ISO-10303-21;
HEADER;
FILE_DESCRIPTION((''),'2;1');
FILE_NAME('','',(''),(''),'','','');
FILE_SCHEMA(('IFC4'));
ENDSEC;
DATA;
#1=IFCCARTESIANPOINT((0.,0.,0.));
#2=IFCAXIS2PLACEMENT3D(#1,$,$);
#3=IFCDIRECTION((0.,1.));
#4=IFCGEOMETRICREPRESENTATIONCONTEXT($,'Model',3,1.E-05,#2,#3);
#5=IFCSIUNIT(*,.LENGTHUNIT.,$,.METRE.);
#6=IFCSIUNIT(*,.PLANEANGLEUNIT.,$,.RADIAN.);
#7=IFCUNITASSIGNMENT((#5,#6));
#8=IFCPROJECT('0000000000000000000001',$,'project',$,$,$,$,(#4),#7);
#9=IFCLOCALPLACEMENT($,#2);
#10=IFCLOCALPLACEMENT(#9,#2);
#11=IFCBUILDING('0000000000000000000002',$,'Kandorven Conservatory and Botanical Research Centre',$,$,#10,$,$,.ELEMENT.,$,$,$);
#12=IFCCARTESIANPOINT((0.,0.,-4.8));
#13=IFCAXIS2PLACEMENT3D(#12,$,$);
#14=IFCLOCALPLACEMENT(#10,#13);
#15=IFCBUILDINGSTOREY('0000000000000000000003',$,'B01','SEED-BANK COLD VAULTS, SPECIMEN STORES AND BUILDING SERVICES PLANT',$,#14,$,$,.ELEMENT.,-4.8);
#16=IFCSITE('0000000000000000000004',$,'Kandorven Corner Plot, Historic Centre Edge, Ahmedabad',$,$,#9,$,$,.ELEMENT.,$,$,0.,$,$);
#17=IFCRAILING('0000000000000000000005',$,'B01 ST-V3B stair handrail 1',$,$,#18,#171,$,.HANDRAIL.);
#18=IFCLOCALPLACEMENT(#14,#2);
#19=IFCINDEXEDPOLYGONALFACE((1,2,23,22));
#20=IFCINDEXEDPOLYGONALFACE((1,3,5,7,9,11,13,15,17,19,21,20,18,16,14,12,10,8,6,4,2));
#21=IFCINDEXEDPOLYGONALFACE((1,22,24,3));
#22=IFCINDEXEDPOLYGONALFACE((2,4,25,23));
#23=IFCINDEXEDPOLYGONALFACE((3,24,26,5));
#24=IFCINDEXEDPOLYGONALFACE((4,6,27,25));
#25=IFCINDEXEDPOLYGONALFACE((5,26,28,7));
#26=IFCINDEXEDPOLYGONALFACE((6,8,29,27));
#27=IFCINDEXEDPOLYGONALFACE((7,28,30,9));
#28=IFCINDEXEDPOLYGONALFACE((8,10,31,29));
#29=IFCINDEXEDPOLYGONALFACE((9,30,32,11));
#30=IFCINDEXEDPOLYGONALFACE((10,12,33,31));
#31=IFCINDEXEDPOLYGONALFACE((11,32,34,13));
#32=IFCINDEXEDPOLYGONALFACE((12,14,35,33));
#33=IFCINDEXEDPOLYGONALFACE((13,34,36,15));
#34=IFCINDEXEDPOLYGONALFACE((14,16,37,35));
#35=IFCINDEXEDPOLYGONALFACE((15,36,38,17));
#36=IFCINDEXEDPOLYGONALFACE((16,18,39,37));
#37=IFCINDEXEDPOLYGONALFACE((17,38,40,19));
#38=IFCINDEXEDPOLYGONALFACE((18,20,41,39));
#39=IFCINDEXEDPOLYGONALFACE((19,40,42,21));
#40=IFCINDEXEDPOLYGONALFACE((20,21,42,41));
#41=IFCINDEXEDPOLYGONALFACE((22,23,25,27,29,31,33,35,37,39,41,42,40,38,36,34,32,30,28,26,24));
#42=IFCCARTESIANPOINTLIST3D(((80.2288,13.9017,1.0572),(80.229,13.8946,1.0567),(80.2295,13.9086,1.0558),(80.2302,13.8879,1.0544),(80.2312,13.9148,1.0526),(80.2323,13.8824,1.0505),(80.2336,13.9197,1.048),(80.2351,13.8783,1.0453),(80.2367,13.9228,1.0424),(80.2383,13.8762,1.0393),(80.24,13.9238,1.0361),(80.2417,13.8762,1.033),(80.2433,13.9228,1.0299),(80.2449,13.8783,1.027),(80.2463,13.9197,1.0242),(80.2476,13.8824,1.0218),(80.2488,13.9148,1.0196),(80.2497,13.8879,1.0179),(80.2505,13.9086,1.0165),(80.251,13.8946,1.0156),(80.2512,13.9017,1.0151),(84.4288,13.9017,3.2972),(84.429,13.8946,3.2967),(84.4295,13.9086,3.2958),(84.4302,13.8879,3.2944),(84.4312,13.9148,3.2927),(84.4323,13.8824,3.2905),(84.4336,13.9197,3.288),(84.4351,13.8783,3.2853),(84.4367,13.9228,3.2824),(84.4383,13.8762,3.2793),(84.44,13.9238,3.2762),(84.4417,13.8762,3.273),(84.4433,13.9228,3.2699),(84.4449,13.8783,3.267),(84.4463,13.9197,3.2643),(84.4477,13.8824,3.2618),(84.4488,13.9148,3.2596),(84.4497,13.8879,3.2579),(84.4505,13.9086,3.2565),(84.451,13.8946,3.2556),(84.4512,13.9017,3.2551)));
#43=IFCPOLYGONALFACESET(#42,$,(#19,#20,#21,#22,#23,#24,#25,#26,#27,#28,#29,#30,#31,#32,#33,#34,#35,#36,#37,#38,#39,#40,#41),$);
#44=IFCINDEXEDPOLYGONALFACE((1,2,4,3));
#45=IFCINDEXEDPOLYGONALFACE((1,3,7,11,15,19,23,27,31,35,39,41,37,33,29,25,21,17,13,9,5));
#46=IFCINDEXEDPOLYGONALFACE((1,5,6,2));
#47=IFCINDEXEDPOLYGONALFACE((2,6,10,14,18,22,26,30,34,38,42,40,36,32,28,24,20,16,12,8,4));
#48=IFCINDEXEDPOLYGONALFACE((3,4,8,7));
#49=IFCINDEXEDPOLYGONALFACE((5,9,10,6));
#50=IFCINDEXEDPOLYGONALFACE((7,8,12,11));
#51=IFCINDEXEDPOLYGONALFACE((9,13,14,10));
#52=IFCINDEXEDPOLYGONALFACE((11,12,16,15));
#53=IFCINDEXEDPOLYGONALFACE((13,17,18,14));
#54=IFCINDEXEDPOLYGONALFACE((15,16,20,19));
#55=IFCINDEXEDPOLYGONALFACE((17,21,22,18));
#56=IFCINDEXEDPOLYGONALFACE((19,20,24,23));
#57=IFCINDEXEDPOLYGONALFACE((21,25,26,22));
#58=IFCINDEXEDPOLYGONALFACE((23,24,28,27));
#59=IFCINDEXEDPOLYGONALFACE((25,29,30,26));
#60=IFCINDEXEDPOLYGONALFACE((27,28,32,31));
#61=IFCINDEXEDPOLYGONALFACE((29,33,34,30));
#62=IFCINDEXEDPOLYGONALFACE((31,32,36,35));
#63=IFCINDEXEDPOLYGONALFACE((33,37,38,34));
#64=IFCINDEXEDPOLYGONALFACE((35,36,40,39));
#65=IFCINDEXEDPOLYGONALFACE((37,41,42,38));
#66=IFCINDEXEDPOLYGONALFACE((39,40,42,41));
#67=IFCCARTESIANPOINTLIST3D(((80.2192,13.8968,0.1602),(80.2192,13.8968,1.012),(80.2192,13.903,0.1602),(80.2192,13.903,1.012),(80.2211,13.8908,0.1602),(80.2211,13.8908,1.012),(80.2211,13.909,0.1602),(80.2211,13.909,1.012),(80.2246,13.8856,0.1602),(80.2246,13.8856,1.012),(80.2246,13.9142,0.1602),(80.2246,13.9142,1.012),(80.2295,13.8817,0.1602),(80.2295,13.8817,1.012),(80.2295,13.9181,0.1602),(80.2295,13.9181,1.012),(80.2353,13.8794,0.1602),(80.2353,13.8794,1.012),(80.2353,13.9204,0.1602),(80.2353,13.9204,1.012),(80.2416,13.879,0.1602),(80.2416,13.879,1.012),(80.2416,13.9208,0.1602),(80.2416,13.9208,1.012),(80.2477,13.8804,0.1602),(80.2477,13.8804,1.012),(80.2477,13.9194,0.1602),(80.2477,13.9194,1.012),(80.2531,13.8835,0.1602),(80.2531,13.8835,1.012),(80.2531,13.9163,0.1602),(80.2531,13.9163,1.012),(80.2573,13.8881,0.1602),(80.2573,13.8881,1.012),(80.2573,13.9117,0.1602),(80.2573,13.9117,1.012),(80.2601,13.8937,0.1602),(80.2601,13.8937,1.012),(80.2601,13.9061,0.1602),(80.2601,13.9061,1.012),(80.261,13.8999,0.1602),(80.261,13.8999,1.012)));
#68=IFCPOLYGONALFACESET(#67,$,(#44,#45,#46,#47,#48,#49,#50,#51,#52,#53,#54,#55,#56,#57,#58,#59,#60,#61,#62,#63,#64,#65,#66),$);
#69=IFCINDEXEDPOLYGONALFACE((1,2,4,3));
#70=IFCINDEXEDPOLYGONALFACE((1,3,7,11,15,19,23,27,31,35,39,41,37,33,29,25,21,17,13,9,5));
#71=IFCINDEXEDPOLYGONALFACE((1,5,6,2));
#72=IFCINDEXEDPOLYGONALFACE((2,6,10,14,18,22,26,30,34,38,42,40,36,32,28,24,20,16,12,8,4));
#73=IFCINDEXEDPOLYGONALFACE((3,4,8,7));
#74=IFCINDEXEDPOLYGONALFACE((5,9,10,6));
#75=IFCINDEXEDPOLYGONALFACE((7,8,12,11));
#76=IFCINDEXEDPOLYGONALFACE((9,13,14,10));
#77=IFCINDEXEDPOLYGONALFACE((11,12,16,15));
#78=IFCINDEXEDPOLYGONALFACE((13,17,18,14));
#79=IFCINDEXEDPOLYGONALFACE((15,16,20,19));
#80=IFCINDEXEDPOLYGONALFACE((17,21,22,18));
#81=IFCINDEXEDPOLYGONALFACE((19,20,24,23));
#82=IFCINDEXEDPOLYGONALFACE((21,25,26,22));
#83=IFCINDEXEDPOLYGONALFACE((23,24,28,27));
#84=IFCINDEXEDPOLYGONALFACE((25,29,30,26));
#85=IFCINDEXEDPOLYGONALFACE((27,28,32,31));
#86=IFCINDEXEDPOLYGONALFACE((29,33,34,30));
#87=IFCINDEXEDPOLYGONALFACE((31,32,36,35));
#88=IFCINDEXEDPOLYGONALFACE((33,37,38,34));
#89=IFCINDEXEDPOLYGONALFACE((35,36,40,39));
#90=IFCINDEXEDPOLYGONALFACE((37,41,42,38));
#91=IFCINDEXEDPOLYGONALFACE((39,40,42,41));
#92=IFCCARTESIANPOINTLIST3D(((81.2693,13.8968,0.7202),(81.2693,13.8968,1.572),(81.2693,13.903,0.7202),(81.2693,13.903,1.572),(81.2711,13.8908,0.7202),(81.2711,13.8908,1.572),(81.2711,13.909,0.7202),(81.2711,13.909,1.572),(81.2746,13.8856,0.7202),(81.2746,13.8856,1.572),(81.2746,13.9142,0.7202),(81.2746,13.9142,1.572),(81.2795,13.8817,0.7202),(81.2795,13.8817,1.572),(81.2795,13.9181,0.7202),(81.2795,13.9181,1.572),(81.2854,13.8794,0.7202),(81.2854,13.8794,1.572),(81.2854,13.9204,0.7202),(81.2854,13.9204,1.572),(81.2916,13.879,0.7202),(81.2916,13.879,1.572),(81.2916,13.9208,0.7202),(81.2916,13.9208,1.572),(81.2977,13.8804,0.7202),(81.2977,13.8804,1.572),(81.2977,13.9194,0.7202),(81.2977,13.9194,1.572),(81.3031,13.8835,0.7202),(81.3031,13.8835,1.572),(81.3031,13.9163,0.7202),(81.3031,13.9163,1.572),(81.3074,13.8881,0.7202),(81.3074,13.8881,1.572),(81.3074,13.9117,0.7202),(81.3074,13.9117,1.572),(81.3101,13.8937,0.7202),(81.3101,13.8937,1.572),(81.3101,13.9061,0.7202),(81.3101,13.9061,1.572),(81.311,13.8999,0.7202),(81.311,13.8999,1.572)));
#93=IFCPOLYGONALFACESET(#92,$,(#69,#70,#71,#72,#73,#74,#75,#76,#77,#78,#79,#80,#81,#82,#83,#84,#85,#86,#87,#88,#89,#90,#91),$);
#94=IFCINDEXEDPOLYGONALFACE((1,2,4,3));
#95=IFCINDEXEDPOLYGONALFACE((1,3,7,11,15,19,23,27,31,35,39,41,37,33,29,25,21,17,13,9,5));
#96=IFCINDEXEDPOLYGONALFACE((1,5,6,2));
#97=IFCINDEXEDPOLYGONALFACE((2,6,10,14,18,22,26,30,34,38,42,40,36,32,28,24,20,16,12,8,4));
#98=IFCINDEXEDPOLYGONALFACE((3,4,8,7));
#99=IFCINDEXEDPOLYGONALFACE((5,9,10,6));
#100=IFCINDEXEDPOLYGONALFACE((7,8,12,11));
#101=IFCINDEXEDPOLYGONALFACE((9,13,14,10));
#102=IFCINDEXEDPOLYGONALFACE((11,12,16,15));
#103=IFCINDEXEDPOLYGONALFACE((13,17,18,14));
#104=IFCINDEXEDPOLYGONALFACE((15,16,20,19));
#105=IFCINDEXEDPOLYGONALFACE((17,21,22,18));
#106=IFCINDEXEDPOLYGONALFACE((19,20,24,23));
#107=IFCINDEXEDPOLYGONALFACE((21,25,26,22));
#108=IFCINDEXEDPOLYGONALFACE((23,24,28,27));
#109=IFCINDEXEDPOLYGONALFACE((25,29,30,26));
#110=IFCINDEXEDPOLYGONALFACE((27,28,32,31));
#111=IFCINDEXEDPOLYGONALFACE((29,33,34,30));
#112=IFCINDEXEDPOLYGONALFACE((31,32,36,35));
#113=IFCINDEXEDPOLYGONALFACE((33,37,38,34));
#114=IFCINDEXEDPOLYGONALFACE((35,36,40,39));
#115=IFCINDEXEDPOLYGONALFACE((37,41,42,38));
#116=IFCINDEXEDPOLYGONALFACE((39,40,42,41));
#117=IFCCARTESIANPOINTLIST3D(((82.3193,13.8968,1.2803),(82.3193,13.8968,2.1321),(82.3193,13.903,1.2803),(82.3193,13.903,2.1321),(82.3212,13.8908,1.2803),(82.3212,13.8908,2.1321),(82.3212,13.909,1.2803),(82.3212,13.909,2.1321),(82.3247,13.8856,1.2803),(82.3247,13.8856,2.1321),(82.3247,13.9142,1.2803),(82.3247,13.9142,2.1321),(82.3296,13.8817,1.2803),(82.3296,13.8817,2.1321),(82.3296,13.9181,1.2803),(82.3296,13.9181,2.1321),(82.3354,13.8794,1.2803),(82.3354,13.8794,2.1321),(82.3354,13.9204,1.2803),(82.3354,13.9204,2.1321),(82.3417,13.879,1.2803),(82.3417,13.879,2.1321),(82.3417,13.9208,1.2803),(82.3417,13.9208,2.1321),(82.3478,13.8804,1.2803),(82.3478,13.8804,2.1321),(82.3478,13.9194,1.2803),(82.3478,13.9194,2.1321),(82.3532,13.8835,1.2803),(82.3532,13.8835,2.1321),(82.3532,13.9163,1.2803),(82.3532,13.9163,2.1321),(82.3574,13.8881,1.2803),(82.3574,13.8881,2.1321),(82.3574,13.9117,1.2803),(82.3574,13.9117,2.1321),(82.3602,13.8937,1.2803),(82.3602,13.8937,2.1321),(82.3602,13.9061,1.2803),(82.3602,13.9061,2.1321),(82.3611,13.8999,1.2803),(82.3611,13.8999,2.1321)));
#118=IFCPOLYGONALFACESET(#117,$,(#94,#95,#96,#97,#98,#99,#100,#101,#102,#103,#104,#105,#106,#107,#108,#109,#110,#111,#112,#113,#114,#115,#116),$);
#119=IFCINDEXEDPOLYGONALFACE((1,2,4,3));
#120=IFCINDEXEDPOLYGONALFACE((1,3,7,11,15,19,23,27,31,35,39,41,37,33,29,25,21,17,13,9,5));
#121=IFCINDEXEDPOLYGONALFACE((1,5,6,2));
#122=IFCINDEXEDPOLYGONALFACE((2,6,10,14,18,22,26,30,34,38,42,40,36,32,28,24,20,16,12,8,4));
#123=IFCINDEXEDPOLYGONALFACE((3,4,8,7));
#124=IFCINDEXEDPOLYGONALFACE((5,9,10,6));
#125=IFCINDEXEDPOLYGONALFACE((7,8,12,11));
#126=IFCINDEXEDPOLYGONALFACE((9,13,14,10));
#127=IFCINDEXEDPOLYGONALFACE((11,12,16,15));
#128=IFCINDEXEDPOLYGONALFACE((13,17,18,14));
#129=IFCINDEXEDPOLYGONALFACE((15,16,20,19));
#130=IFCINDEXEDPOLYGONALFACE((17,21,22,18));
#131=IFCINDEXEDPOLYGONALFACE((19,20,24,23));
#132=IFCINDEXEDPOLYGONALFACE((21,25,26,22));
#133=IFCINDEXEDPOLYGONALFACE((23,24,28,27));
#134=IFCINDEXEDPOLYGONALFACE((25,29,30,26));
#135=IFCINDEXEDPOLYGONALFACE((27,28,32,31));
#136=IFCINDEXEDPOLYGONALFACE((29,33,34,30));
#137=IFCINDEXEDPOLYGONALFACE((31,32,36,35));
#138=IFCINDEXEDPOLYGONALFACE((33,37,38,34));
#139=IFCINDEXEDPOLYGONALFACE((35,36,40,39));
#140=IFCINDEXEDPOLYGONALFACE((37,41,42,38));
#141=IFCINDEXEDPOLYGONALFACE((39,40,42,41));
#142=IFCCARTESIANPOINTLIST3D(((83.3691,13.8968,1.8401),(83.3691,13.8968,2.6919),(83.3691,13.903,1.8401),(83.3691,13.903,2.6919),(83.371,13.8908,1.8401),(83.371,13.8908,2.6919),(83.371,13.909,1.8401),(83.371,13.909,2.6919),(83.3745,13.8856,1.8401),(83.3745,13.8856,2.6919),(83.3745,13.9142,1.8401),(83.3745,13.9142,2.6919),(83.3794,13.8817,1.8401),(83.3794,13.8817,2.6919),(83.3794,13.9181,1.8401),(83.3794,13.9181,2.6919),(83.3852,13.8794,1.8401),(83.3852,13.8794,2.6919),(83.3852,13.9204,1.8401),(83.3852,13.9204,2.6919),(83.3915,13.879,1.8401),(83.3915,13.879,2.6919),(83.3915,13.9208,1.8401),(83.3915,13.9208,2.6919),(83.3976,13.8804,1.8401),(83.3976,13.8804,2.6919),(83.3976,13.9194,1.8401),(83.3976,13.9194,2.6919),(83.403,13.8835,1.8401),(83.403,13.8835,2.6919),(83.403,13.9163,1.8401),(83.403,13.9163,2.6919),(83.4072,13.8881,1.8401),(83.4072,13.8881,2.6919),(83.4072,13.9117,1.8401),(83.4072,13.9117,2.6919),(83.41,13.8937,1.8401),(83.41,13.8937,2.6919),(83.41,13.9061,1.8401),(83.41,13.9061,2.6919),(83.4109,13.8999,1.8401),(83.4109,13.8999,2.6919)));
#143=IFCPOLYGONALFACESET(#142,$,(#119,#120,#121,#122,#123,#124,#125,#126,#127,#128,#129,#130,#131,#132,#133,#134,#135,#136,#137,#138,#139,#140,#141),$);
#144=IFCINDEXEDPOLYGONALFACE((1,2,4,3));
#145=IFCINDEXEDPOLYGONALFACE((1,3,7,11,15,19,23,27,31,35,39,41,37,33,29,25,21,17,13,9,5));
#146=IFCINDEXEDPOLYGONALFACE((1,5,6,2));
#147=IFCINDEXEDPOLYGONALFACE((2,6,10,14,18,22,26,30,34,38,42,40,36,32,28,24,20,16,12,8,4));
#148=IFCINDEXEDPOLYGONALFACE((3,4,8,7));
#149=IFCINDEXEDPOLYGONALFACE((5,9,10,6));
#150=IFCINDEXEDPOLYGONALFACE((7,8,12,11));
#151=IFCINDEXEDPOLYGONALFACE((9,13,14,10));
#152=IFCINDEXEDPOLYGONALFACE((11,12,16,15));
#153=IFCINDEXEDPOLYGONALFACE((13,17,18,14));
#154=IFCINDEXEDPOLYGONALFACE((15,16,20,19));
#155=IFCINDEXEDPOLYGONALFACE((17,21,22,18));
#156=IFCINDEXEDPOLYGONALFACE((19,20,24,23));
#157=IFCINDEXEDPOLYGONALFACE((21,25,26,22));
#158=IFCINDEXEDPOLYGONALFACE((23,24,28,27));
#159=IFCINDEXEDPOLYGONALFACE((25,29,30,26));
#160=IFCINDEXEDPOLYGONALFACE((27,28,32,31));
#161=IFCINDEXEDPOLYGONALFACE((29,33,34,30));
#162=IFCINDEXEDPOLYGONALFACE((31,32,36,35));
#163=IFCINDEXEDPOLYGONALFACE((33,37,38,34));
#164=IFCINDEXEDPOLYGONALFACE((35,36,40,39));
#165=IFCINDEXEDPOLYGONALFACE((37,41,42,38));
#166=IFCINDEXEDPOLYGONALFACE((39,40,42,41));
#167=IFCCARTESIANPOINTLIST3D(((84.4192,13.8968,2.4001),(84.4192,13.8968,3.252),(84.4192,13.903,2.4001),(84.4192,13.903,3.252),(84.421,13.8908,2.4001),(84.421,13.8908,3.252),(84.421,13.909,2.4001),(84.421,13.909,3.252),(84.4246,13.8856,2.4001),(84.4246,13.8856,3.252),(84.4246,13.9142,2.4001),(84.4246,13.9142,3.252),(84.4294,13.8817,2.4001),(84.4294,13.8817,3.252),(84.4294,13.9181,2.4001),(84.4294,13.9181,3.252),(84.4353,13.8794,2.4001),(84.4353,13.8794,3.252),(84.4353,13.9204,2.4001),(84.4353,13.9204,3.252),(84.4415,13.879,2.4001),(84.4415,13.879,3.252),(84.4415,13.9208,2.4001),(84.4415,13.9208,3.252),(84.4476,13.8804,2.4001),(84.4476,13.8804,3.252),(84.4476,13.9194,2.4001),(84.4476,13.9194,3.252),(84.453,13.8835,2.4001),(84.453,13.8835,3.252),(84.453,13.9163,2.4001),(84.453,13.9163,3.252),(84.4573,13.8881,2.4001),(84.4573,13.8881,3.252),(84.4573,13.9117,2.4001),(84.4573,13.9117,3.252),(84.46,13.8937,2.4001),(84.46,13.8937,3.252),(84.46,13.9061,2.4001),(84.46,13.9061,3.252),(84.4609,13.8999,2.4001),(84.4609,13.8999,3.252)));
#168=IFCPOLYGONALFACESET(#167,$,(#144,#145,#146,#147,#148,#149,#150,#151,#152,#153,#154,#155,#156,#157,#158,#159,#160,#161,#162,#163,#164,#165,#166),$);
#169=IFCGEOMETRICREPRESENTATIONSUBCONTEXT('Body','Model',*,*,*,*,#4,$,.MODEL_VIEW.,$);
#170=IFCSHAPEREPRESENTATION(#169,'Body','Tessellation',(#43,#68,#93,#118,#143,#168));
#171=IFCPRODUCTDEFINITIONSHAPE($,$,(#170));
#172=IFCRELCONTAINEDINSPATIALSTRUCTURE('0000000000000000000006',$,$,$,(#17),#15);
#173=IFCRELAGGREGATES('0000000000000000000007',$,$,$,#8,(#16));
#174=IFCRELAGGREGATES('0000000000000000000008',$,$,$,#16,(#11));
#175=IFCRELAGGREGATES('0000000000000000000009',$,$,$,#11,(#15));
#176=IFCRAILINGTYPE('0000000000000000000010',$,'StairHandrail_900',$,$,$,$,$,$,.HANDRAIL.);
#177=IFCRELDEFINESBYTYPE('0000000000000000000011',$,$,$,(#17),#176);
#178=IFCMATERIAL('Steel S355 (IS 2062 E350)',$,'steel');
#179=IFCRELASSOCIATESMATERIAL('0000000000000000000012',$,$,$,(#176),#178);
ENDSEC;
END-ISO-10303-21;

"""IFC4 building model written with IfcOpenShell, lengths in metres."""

from ifc_helpers import new_model, si_unit, direction, frame, origin, origin_2d, place, context, subcontext, project, spatial, circle, extrude, material, type_object, element, save


model = new_model("IFC4")

# Units and contexts
model_context = context("Model", 3, precision=1e-05, world=origin(), true_north=direction((0.0, 1.0)))
body_context = subcontext(model_context, "Body", "Model", "MODEL_VIEW")
ifc_project = project(units=[si_unit("LENGTHUNIT", "METRE"), si_unit("PLANEANGLEUNIT", "RADIAN")], contexts=[model_context])

# Site, building, storey
site_placement = place(None, origin())
site = spatial("IfcSite", under=ifc_project, at=site_placement, Name="Kandorven Corner Plot, Historic Centre Edge, Ahmedabad", CompositionType="ELEMENT", RefElevation=0.0)
building_placement = place(site_placement, origin())
building = spatial("IfcBuilding", under=site, at=building_placement, Name="Kandorven Conservatory and Botanical Research Centre", CompositionType="ELEMENT")
storey_placement = place(building_placement, frame((0.0, 0.0, -4.8)))
storey = spatial("IfcBuildingStorey", under=building, at=storey_placement, Name="B01", Description="SEED-BANK COLD VAULTS, SPECIMEN STORES AND BUILDING SERVICES PLANT", CompositionType="ELEMENT", Elevation=-4.8)

# Railing
ifc_material_1 = material(Name="Steel S355 (IS 2062 E350)", Category="steel")
railing_type_1 = type_object("IfcRailingType", Name="StairHandrail_900", PredefinedType="HANDRAIL", material=ifc_material_1)
railing_1_placement = place(storey_placement, frame((80.24, 13.8999, 0.1602)))
element("IfcRailing", 1, at=railing_1_placement, inside=storey, type_object=railing_type_1, Name="B01 ST-V3B stair handrail 1", PredefinedType="HANDRAIL", context=body_context, shape_type="SweptSolid", body=[
    extrude(circle(Radius=0.0239, at=origin_2d()), frame((0.0, 0.0, 0.876), z_axis=(0.882352, 0.0, 0.470591), x_axis=(0.0, 1.0, 0.0)), (0.0, 0.0, 1.0), 4.76),
    extrude(circle(Radius=0.021, at=origin_2d()), origin(), (0.0, 0.0, 1.0), 0.8518),
    extrude(circle(Radius=0.021, at=origin_2d()), frame((1.05, 0.0, 0.5601)), (0.0, 0.0, 1.0), 0.8518),
    extrude(circle(Radius=0.021, at=origin_2d()), frame((2.1001, 0.0, 1.1201)), (0.0, 0.0, 1.0), 0.8518),
    extrude(circle(Radius=0.021, at=origin_2d()), frame((3.1499, 0.0, 1.6799)), (0.0, 0.0, 1.0), 0.8518),
    extrude(circle(Radius=0.021, at=origin_2d()), frame((4.2, 0.0, 2.24)), (0.0, 0.0, 1.0), 0.8518),
])

save(model, "model.ifc")
